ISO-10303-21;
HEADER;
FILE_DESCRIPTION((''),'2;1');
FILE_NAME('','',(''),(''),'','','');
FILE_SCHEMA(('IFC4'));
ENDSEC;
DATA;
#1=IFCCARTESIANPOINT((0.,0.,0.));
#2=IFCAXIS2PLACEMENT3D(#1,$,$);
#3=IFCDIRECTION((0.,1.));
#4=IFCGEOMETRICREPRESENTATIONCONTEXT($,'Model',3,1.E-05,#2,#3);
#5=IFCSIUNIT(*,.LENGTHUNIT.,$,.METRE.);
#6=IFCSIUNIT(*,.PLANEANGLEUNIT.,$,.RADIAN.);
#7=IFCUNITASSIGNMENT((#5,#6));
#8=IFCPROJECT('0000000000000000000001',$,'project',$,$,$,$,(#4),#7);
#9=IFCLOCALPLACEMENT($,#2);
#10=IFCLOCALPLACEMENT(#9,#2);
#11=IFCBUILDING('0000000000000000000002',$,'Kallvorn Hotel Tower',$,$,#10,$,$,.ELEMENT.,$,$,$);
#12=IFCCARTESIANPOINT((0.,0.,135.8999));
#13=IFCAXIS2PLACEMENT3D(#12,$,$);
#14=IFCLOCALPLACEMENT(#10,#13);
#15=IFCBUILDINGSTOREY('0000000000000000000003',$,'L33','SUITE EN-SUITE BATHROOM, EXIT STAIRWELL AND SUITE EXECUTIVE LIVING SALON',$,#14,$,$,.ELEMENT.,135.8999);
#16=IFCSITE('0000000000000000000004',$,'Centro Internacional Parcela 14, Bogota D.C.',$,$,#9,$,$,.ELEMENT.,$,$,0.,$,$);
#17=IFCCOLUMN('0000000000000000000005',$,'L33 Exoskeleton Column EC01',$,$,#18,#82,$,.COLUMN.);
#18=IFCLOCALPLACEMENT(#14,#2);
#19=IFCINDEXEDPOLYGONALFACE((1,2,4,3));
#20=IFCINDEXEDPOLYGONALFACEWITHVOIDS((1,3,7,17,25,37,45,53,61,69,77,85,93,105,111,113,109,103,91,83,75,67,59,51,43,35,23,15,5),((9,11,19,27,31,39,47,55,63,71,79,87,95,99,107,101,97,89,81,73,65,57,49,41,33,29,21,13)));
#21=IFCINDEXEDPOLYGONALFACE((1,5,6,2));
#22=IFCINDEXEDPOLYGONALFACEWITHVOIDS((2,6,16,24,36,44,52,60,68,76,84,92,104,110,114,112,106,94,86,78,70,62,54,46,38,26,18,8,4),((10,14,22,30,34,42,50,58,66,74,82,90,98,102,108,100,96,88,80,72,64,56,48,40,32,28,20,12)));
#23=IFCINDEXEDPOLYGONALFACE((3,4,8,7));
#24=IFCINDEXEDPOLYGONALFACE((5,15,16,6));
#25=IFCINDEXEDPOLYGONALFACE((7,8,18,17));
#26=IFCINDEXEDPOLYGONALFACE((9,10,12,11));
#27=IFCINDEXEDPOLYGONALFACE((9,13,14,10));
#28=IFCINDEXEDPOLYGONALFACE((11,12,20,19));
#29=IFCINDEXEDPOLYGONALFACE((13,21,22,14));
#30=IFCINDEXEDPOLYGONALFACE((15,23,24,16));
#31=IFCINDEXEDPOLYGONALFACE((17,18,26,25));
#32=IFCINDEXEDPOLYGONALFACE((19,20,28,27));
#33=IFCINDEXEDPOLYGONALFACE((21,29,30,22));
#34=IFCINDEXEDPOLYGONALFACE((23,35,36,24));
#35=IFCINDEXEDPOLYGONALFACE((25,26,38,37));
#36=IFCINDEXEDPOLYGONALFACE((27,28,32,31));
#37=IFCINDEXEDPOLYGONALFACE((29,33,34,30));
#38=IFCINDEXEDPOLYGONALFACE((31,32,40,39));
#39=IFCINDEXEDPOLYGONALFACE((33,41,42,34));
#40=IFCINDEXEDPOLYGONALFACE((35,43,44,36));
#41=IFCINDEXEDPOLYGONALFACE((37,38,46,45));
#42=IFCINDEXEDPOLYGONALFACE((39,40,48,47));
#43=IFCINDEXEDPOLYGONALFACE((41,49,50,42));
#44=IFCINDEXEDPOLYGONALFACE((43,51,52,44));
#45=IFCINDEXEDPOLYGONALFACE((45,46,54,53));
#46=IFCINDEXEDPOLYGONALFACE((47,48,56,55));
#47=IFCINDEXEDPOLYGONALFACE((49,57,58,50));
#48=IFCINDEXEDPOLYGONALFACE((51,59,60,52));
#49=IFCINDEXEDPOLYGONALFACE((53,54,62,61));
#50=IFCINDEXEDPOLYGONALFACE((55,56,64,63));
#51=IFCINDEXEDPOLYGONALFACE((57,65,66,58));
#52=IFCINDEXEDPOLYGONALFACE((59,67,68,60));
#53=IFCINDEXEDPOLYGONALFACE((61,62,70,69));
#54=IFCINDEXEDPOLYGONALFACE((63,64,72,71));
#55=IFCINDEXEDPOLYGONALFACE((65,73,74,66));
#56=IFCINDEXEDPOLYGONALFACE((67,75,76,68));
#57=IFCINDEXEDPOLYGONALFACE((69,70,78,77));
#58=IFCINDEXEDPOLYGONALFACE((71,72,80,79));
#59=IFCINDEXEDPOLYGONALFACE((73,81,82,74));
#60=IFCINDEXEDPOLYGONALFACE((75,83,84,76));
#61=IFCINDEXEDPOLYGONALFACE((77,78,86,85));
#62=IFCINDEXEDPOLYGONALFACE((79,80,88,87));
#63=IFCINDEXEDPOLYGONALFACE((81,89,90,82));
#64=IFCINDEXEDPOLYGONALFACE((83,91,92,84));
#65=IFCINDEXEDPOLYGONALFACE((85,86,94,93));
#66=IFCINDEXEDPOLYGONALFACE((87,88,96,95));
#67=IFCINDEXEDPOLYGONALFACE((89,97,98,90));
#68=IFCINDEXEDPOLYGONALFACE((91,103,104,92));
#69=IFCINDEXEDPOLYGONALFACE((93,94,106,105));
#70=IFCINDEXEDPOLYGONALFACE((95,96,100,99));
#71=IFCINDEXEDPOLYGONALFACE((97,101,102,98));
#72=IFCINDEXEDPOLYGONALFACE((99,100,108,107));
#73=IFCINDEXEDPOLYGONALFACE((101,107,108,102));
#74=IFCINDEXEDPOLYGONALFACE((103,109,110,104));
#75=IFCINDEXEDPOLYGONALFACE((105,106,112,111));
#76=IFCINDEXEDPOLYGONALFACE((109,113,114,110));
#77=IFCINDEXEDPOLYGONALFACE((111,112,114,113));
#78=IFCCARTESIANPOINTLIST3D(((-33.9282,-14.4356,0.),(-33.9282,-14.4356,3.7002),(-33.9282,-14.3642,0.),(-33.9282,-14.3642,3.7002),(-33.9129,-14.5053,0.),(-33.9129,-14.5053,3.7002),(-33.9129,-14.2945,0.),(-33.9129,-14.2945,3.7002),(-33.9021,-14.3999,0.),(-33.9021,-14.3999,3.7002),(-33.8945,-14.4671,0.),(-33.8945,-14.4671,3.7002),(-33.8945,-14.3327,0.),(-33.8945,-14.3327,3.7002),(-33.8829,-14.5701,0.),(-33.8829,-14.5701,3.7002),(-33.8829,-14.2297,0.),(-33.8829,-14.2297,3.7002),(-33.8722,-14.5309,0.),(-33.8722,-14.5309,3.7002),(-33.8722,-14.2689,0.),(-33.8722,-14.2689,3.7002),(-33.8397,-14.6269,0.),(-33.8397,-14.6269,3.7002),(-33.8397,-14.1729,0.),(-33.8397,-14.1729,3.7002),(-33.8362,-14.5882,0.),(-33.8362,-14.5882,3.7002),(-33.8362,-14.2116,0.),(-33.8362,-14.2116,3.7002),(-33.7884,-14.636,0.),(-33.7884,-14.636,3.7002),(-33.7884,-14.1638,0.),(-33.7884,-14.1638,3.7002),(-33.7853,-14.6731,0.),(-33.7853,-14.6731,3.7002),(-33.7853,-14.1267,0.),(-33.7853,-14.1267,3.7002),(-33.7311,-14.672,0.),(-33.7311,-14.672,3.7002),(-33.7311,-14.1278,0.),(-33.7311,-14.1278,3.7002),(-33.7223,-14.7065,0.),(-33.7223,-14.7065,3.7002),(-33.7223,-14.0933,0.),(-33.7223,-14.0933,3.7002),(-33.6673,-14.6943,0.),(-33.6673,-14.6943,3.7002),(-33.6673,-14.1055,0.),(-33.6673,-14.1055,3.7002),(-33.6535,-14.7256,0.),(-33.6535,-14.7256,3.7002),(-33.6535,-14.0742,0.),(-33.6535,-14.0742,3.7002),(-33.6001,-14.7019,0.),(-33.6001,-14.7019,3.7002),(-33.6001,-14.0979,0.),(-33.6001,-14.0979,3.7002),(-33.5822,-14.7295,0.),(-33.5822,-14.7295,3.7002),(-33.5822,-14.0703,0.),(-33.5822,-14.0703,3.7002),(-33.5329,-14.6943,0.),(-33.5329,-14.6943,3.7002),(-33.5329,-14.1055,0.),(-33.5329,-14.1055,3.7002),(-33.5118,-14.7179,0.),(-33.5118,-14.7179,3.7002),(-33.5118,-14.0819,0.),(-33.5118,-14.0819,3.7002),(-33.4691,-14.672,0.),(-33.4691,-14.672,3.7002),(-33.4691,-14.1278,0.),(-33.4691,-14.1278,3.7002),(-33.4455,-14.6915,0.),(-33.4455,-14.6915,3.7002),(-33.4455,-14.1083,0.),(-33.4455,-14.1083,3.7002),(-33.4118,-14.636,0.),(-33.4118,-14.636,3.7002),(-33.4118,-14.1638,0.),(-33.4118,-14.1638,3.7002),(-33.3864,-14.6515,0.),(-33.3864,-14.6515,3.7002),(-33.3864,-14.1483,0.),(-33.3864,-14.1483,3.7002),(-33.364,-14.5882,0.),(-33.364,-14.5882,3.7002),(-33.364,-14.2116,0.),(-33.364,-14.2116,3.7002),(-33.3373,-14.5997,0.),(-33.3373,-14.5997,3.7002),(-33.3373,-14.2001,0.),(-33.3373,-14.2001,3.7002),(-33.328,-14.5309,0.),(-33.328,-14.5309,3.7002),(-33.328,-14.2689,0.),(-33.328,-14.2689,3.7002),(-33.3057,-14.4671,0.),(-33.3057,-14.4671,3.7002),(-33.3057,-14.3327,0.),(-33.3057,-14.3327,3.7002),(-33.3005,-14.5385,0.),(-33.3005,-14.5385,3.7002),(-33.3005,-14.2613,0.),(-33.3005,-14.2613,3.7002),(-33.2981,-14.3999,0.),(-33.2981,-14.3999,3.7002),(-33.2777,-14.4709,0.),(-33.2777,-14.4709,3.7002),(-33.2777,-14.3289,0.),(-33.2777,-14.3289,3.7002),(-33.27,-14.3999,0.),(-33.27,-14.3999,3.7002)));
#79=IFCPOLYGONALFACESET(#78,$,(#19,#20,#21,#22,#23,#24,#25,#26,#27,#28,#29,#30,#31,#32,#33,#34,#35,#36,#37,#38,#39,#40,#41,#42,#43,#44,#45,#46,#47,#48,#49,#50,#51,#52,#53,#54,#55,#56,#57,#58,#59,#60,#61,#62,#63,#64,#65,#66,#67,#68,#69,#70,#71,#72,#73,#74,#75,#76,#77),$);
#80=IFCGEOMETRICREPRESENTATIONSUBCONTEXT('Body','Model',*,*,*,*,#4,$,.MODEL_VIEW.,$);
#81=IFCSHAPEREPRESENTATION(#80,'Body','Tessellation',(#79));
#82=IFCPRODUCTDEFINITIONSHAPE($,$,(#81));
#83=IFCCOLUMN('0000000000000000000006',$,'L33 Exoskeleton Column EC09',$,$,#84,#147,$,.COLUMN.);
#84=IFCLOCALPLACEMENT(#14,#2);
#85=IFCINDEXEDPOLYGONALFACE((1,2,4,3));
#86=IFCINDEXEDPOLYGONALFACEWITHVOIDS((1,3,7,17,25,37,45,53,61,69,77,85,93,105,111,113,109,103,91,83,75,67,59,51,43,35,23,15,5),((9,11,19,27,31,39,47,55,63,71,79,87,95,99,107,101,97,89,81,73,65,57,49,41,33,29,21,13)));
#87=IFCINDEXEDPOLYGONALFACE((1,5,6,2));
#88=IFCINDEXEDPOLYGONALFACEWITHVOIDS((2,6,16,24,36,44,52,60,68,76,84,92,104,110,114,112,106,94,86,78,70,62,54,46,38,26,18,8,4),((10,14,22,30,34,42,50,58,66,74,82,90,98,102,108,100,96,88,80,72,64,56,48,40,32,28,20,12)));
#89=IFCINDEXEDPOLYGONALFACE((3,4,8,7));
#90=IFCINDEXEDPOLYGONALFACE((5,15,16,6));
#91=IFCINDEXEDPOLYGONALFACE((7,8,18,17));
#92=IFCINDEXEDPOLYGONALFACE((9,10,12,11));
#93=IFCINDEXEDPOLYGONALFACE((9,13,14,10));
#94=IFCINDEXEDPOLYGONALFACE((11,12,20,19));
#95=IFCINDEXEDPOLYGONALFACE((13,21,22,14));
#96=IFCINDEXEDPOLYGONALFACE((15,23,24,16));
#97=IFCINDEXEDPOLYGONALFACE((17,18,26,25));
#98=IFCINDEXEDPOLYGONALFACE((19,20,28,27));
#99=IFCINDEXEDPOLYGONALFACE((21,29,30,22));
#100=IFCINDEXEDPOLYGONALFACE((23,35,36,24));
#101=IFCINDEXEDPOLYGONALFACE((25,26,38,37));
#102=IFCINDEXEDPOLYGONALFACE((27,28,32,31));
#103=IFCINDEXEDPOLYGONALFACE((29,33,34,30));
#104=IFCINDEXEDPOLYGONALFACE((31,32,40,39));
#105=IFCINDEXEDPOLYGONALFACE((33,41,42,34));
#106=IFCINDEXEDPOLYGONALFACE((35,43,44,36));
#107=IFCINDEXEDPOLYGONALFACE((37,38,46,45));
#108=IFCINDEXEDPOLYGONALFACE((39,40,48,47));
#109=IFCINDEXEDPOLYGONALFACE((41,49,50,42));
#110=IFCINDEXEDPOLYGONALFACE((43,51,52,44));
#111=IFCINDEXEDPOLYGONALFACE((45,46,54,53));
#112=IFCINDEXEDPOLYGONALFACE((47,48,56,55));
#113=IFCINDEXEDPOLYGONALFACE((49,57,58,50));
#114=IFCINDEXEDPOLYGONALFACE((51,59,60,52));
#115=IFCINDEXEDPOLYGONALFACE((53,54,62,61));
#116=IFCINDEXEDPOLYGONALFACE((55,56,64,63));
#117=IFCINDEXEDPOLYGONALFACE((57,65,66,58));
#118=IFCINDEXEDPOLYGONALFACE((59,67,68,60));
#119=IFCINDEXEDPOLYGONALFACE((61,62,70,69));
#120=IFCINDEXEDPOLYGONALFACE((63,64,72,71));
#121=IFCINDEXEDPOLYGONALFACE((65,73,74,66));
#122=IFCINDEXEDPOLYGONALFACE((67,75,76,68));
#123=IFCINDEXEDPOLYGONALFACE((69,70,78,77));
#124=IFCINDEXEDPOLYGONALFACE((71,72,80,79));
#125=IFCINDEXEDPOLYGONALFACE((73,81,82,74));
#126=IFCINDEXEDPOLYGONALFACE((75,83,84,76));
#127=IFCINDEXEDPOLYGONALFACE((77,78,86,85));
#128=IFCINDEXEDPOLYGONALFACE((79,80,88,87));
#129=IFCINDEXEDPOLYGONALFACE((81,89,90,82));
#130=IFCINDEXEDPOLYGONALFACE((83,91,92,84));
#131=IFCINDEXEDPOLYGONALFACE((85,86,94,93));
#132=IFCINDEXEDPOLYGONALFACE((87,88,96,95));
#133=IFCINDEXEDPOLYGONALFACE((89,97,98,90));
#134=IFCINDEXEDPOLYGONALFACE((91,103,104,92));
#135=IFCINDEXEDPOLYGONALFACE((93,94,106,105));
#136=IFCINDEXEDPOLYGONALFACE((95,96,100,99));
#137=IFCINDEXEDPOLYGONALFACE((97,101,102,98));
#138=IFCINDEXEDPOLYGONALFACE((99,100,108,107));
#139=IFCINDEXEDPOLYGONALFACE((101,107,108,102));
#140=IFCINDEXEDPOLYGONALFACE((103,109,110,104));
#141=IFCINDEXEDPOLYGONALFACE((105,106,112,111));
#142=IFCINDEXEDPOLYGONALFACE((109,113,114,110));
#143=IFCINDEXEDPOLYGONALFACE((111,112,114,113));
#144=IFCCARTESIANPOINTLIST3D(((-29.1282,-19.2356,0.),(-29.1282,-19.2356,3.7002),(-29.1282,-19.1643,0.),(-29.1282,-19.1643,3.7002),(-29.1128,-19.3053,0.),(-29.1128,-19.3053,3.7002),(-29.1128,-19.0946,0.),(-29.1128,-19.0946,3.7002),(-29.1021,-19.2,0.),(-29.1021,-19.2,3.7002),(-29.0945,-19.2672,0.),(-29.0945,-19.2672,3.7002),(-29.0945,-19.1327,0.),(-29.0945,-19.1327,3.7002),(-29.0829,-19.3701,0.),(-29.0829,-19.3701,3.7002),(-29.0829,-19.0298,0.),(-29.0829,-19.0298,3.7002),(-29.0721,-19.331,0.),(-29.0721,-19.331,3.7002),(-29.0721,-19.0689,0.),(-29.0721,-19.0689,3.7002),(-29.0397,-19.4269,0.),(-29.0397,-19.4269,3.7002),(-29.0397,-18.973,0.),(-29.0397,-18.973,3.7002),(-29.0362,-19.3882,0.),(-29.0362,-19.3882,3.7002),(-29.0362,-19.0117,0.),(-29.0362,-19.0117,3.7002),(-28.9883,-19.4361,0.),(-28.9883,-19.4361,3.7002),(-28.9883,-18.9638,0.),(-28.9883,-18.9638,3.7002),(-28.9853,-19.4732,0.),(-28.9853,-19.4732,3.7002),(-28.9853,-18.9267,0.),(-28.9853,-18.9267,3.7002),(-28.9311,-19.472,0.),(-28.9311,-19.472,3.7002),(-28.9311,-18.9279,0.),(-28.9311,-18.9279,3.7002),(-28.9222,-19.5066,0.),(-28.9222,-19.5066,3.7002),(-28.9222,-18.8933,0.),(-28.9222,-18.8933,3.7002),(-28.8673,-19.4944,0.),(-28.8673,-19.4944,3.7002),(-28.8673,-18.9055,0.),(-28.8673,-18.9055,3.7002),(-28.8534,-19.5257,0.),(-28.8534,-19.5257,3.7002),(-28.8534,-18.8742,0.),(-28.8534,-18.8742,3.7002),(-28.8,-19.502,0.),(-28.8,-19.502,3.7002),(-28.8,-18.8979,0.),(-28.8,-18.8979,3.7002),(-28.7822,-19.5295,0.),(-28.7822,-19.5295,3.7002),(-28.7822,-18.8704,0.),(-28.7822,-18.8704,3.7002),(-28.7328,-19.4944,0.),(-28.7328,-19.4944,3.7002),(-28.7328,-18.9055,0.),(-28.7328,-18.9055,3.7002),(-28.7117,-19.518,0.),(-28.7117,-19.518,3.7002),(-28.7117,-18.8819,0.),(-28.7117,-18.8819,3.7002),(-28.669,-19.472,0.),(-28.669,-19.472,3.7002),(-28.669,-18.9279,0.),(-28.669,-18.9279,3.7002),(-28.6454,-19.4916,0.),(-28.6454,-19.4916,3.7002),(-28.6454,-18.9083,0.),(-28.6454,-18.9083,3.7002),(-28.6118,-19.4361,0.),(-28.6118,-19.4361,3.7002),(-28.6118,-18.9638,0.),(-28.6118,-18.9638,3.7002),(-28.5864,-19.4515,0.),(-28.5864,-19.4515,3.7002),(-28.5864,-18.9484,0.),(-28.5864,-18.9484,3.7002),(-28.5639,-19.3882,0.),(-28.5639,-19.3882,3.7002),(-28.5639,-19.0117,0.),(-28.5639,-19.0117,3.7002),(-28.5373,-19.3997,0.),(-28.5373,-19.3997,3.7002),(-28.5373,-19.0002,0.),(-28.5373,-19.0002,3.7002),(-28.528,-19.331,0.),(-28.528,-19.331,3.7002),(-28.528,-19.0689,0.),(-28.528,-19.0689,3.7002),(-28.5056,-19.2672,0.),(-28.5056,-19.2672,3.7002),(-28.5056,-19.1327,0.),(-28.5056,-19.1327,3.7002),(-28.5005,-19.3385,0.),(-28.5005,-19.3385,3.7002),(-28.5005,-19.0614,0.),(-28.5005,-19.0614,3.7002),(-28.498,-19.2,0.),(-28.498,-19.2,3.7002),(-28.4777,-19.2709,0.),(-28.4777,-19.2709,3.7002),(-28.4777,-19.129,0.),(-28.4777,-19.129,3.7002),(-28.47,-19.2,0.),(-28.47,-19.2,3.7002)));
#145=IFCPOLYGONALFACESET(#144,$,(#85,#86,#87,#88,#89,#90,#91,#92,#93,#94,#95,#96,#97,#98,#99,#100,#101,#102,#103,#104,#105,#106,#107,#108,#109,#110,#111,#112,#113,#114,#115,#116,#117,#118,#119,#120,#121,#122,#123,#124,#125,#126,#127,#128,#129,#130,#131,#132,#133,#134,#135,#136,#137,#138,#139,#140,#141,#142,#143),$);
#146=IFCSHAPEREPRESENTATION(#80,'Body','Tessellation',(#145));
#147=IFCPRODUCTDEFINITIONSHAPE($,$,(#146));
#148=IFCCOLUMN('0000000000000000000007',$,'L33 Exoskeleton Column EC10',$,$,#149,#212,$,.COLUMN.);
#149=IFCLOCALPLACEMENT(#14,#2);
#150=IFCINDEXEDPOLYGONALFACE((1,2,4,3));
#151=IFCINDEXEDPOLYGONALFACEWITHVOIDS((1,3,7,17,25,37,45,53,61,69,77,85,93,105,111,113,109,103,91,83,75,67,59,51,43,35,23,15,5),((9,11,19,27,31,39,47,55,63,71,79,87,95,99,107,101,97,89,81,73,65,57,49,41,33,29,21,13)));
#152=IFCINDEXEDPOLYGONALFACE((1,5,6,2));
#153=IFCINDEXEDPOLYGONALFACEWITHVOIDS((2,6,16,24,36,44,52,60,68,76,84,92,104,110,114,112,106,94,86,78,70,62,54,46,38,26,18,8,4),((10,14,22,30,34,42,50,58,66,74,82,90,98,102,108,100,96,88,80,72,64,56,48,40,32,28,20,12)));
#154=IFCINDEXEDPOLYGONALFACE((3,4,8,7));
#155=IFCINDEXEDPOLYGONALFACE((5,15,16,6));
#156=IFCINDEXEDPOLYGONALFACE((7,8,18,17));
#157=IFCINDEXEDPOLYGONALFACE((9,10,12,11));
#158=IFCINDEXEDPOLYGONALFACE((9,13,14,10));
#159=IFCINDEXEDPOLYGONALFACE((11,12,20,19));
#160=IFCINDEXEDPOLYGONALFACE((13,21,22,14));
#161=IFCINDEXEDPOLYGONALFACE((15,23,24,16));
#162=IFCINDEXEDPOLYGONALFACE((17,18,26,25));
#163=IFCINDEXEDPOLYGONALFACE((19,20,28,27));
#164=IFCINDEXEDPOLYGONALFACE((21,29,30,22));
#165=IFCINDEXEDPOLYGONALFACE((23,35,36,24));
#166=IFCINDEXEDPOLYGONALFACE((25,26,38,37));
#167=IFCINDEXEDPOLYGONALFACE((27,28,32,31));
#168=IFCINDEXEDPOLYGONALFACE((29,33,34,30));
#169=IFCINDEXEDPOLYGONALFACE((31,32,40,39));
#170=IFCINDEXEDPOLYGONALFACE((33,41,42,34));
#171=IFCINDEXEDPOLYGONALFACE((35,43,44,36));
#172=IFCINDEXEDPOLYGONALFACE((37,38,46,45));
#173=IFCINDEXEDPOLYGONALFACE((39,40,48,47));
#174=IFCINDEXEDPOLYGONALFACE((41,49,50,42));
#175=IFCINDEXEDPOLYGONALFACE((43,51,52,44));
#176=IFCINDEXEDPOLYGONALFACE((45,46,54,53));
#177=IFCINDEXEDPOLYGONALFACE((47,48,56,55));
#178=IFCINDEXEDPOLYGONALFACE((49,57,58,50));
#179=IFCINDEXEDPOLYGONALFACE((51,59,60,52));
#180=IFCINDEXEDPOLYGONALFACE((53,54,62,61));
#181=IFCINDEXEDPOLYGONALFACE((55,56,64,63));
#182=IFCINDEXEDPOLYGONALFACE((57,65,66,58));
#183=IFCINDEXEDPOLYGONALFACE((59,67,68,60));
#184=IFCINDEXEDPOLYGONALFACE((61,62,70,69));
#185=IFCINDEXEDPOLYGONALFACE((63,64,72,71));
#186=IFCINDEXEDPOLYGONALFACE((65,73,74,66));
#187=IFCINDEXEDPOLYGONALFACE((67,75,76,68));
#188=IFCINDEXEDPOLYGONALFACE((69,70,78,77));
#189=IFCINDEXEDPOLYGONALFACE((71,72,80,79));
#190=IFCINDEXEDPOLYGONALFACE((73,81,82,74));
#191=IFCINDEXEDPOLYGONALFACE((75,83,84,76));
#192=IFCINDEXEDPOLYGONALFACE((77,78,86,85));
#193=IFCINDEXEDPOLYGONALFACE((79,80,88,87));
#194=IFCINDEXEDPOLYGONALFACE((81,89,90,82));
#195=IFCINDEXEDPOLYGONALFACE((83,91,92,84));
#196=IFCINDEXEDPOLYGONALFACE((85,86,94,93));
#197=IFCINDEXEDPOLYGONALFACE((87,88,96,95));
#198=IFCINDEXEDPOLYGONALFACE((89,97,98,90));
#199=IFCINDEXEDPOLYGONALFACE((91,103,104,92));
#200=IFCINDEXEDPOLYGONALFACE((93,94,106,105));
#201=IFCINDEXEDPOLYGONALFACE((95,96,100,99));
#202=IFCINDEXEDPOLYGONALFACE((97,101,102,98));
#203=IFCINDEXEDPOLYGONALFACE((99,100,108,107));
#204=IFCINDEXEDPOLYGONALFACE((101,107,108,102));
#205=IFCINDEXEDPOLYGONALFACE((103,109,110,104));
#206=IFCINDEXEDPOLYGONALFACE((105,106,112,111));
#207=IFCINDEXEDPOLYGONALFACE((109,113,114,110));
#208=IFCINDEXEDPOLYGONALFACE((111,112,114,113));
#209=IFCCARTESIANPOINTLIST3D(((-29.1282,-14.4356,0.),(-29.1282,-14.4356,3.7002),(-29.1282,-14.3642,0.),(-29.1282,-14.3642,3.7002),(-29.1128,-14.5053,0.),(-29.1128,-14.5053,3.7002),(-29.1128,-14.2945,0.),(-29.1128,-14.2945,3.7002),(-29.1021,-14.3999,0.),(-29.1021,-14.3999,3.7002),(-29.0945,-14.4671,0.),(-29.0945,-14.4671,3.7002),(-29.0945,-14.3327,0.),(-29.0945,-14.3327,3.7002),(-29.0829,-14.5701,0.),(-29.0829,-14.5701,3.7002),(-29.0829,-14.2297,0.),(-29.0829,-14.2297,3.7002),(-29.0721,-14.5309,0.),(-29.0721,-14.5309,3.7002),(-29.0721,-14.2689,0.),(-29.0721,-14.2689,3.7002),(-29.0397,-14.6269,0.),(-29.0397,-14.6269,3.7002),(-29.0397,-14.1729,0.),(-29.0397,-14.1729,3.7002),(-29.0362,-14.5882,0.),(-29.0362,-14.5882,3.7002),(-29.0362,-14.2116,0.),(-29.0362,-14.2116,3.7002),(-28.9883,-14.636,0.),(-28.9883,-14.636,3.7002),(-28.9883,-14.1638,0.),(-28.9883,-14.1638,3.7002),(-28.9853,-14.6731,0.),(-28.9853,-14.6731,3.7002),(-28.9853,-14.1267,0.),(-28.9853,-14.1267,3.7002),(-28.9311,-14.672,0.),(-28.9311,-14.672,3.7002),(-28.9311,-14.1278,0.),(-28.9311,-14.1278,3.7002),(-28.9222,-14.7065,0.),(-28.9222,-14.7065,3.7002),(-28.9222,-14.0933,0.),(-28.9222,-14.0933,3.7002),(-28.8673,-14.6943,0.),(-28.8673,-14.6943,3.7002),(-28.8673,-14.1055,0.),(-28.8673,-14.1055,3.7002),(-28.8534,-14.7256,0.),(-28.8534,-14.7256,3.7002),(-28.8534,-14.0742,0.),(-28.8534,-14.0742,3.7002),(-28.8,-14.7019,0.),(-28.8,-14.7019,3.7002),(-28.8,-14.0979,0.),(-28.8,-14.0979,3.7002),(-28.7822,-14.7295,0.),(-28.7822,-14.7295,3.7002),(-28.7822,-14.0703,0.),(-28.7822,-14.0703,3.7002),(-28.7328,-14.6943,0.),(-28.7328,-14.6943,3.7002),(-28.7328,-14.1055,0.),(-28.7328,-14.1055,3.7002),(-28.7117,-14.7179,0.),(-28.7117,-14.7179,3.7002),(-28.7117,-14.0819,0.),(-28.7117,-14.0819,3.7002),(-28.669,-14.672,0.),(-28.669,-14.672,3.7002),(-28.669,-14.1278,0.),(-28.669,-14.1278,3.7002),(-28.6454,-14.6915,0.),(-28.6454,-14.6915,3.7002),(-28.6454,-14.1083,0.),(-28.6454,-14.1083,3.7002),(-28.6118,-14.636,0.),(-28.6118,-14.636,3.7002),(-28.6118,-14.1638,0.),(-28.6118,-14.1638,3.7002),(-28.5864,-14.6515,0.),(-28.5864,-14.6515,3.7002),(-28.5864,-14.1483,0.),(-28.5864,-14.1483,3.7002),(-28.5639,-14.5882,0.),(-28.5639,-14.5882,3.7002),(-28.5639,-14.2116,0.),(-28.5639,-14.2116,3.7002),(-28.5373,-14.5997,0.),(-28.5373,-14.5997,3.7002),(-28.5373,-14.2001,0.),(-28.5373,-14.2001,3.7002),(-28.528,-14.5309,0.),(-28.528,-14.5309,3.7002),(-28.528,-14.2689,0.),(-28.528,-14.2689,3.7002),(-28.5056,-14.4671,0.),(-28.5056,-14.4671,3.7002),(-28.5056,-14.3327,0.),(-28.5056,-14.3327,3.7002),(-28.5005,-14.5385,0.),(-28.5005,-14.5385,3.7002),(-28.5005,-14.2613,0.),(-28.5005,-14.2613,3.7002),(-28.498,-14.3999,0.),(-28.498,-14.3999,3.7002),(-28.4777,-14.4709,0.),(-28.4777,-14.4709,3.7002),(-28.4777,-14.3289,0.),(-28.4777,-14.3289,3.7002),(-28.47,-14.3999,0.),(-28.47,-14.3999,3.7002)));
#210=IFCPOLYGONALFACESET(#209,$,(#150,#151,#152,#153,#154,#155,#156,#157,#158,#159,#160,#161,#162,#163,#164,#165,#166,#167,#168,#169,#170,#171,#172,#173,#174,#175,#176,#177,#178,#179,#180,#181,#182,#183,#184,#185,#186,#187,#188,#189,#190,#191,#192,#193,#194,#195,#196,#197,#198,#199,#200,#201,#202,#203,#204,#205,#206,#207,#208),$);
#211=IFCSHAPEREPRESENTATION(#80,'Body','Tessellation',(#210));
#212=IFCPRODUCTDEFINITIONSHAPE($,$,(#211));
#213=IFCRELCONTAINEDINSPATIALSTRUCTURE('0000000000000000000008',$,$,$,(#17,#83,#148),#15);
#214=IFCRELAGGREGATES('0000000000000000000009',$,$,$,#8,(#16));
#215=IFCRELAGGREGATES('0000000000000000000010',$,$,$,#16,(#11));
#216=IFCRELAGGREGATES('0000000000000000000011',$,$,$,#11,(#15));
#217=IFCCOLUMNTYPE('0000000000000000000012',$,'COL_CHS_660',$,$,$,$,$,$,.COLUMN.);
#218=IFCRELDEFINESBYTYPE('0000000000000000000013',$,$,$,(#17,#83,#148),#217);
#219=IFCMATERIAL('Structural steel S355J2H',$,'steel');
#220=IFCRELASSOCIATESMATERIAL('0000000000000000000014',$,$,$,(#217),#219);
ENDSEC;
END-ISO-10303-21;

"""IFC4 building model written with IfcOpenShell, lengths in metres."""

from ifc_helpers import new_model, si_unit, direction, frame, origin, origin_2d, place, context, subcontext, project, spatial, hollow_circle, extrude, material, material_profile, profile_set, type_object, element, save


model = new_model("IFC4")

# Units and contexts
model_context = context("Model", 3, precision=1e-05, world=origin(), true_north=direction((0.0, 1.0)))
body_context = subcontext(model_context, "Body", "Model", "MODEL_VIEW")
ifc_project = project(units=[si_unit("LENGTHUNIT", "METRE"), si_unit("PLANEANGLEUNIT", "RADIAN")], contexts=[model_context])

# Site, building, storey
site_placement = place(None, origin())
site = spatial("IfcSite", under=ifc_project, at=site_placement, Name="Centro Internacional Parcela 14, Bogota D.C.", CompositionType="ELEMENT", RefElevation=0.0)
building_placement = place(site_placement, origin())
building = spatial("IfcBuilding", under=site, at=building_placement, Name="Kallvorn Hotel Tower", CompositionType="ELEMENT")
storey_placement = place(building_placement, frame((0.0, 0.0, 135.8999)))
storey = spatial("IfcBuildingStorey", under=building, at=storey_placement, Name="L33", Description="SUITE EN-SUITE BATHROOM, EXIT STAIRWELL AND SUITE EXECUTIVE LIVING SALON", CompositionType="ELEMENT", Elevation=135.8999)

# Columns
ifc_material_1 = material(Name="Structural steel S355J2H", Category="steel")
ifc_material_profile_1 = material_profile(ifc_material_1, hollow_circle(Radius=0.3301, WallThickness=0.0281, at=origin_2d()), Name="CHS 660x28")
ifc_profile_set_1 = profile_set([ifc_material_profile_1], Name="Structural steel S355J2H")
column_type_1 = type_object("IfcColumnType", Name="COL_CHS_660", PredefinedType="COLUMN", material=ifc_profile_set_1)
for number, where, z_axis, x_axis, name in (
    (1, (-33.6001, -14.3999, 0.0), (0.0, 0.0, 1.0), (1.0, 0.0, 0.0), "L33 Exoskeleton Column EC01"),
    (2, (-28.8, -19.2, 0.0), (0.0, 0.0, 1.0), (1.0, 0.0, 0.0), "L33 Exoskeleton Column EC09"),
    (3, (-28.8, -14.3999, 0.0), (0.0, 0.0, 1.0), (1.0, 0.0, 0.0), "L33 Exoskeleton Column EC10"),
):
    element("IfcColumn", number, at=place(storey_placement, frame(where, z_axis=z_axis, x_axis=x_axis)), inside=storey, type_object=column_type_1, Name=name, PredefinedType="COLUMN", context=body_context, shape_type="SweptSolid", body=[
        extrude(hollow_circle(Radius=0.3301, WallThickness=0.0281, at=origin_2d()), origin(), (0.0, 0.0, 1.0), 3.7002),
    ])

save(model, "model.ifc")
